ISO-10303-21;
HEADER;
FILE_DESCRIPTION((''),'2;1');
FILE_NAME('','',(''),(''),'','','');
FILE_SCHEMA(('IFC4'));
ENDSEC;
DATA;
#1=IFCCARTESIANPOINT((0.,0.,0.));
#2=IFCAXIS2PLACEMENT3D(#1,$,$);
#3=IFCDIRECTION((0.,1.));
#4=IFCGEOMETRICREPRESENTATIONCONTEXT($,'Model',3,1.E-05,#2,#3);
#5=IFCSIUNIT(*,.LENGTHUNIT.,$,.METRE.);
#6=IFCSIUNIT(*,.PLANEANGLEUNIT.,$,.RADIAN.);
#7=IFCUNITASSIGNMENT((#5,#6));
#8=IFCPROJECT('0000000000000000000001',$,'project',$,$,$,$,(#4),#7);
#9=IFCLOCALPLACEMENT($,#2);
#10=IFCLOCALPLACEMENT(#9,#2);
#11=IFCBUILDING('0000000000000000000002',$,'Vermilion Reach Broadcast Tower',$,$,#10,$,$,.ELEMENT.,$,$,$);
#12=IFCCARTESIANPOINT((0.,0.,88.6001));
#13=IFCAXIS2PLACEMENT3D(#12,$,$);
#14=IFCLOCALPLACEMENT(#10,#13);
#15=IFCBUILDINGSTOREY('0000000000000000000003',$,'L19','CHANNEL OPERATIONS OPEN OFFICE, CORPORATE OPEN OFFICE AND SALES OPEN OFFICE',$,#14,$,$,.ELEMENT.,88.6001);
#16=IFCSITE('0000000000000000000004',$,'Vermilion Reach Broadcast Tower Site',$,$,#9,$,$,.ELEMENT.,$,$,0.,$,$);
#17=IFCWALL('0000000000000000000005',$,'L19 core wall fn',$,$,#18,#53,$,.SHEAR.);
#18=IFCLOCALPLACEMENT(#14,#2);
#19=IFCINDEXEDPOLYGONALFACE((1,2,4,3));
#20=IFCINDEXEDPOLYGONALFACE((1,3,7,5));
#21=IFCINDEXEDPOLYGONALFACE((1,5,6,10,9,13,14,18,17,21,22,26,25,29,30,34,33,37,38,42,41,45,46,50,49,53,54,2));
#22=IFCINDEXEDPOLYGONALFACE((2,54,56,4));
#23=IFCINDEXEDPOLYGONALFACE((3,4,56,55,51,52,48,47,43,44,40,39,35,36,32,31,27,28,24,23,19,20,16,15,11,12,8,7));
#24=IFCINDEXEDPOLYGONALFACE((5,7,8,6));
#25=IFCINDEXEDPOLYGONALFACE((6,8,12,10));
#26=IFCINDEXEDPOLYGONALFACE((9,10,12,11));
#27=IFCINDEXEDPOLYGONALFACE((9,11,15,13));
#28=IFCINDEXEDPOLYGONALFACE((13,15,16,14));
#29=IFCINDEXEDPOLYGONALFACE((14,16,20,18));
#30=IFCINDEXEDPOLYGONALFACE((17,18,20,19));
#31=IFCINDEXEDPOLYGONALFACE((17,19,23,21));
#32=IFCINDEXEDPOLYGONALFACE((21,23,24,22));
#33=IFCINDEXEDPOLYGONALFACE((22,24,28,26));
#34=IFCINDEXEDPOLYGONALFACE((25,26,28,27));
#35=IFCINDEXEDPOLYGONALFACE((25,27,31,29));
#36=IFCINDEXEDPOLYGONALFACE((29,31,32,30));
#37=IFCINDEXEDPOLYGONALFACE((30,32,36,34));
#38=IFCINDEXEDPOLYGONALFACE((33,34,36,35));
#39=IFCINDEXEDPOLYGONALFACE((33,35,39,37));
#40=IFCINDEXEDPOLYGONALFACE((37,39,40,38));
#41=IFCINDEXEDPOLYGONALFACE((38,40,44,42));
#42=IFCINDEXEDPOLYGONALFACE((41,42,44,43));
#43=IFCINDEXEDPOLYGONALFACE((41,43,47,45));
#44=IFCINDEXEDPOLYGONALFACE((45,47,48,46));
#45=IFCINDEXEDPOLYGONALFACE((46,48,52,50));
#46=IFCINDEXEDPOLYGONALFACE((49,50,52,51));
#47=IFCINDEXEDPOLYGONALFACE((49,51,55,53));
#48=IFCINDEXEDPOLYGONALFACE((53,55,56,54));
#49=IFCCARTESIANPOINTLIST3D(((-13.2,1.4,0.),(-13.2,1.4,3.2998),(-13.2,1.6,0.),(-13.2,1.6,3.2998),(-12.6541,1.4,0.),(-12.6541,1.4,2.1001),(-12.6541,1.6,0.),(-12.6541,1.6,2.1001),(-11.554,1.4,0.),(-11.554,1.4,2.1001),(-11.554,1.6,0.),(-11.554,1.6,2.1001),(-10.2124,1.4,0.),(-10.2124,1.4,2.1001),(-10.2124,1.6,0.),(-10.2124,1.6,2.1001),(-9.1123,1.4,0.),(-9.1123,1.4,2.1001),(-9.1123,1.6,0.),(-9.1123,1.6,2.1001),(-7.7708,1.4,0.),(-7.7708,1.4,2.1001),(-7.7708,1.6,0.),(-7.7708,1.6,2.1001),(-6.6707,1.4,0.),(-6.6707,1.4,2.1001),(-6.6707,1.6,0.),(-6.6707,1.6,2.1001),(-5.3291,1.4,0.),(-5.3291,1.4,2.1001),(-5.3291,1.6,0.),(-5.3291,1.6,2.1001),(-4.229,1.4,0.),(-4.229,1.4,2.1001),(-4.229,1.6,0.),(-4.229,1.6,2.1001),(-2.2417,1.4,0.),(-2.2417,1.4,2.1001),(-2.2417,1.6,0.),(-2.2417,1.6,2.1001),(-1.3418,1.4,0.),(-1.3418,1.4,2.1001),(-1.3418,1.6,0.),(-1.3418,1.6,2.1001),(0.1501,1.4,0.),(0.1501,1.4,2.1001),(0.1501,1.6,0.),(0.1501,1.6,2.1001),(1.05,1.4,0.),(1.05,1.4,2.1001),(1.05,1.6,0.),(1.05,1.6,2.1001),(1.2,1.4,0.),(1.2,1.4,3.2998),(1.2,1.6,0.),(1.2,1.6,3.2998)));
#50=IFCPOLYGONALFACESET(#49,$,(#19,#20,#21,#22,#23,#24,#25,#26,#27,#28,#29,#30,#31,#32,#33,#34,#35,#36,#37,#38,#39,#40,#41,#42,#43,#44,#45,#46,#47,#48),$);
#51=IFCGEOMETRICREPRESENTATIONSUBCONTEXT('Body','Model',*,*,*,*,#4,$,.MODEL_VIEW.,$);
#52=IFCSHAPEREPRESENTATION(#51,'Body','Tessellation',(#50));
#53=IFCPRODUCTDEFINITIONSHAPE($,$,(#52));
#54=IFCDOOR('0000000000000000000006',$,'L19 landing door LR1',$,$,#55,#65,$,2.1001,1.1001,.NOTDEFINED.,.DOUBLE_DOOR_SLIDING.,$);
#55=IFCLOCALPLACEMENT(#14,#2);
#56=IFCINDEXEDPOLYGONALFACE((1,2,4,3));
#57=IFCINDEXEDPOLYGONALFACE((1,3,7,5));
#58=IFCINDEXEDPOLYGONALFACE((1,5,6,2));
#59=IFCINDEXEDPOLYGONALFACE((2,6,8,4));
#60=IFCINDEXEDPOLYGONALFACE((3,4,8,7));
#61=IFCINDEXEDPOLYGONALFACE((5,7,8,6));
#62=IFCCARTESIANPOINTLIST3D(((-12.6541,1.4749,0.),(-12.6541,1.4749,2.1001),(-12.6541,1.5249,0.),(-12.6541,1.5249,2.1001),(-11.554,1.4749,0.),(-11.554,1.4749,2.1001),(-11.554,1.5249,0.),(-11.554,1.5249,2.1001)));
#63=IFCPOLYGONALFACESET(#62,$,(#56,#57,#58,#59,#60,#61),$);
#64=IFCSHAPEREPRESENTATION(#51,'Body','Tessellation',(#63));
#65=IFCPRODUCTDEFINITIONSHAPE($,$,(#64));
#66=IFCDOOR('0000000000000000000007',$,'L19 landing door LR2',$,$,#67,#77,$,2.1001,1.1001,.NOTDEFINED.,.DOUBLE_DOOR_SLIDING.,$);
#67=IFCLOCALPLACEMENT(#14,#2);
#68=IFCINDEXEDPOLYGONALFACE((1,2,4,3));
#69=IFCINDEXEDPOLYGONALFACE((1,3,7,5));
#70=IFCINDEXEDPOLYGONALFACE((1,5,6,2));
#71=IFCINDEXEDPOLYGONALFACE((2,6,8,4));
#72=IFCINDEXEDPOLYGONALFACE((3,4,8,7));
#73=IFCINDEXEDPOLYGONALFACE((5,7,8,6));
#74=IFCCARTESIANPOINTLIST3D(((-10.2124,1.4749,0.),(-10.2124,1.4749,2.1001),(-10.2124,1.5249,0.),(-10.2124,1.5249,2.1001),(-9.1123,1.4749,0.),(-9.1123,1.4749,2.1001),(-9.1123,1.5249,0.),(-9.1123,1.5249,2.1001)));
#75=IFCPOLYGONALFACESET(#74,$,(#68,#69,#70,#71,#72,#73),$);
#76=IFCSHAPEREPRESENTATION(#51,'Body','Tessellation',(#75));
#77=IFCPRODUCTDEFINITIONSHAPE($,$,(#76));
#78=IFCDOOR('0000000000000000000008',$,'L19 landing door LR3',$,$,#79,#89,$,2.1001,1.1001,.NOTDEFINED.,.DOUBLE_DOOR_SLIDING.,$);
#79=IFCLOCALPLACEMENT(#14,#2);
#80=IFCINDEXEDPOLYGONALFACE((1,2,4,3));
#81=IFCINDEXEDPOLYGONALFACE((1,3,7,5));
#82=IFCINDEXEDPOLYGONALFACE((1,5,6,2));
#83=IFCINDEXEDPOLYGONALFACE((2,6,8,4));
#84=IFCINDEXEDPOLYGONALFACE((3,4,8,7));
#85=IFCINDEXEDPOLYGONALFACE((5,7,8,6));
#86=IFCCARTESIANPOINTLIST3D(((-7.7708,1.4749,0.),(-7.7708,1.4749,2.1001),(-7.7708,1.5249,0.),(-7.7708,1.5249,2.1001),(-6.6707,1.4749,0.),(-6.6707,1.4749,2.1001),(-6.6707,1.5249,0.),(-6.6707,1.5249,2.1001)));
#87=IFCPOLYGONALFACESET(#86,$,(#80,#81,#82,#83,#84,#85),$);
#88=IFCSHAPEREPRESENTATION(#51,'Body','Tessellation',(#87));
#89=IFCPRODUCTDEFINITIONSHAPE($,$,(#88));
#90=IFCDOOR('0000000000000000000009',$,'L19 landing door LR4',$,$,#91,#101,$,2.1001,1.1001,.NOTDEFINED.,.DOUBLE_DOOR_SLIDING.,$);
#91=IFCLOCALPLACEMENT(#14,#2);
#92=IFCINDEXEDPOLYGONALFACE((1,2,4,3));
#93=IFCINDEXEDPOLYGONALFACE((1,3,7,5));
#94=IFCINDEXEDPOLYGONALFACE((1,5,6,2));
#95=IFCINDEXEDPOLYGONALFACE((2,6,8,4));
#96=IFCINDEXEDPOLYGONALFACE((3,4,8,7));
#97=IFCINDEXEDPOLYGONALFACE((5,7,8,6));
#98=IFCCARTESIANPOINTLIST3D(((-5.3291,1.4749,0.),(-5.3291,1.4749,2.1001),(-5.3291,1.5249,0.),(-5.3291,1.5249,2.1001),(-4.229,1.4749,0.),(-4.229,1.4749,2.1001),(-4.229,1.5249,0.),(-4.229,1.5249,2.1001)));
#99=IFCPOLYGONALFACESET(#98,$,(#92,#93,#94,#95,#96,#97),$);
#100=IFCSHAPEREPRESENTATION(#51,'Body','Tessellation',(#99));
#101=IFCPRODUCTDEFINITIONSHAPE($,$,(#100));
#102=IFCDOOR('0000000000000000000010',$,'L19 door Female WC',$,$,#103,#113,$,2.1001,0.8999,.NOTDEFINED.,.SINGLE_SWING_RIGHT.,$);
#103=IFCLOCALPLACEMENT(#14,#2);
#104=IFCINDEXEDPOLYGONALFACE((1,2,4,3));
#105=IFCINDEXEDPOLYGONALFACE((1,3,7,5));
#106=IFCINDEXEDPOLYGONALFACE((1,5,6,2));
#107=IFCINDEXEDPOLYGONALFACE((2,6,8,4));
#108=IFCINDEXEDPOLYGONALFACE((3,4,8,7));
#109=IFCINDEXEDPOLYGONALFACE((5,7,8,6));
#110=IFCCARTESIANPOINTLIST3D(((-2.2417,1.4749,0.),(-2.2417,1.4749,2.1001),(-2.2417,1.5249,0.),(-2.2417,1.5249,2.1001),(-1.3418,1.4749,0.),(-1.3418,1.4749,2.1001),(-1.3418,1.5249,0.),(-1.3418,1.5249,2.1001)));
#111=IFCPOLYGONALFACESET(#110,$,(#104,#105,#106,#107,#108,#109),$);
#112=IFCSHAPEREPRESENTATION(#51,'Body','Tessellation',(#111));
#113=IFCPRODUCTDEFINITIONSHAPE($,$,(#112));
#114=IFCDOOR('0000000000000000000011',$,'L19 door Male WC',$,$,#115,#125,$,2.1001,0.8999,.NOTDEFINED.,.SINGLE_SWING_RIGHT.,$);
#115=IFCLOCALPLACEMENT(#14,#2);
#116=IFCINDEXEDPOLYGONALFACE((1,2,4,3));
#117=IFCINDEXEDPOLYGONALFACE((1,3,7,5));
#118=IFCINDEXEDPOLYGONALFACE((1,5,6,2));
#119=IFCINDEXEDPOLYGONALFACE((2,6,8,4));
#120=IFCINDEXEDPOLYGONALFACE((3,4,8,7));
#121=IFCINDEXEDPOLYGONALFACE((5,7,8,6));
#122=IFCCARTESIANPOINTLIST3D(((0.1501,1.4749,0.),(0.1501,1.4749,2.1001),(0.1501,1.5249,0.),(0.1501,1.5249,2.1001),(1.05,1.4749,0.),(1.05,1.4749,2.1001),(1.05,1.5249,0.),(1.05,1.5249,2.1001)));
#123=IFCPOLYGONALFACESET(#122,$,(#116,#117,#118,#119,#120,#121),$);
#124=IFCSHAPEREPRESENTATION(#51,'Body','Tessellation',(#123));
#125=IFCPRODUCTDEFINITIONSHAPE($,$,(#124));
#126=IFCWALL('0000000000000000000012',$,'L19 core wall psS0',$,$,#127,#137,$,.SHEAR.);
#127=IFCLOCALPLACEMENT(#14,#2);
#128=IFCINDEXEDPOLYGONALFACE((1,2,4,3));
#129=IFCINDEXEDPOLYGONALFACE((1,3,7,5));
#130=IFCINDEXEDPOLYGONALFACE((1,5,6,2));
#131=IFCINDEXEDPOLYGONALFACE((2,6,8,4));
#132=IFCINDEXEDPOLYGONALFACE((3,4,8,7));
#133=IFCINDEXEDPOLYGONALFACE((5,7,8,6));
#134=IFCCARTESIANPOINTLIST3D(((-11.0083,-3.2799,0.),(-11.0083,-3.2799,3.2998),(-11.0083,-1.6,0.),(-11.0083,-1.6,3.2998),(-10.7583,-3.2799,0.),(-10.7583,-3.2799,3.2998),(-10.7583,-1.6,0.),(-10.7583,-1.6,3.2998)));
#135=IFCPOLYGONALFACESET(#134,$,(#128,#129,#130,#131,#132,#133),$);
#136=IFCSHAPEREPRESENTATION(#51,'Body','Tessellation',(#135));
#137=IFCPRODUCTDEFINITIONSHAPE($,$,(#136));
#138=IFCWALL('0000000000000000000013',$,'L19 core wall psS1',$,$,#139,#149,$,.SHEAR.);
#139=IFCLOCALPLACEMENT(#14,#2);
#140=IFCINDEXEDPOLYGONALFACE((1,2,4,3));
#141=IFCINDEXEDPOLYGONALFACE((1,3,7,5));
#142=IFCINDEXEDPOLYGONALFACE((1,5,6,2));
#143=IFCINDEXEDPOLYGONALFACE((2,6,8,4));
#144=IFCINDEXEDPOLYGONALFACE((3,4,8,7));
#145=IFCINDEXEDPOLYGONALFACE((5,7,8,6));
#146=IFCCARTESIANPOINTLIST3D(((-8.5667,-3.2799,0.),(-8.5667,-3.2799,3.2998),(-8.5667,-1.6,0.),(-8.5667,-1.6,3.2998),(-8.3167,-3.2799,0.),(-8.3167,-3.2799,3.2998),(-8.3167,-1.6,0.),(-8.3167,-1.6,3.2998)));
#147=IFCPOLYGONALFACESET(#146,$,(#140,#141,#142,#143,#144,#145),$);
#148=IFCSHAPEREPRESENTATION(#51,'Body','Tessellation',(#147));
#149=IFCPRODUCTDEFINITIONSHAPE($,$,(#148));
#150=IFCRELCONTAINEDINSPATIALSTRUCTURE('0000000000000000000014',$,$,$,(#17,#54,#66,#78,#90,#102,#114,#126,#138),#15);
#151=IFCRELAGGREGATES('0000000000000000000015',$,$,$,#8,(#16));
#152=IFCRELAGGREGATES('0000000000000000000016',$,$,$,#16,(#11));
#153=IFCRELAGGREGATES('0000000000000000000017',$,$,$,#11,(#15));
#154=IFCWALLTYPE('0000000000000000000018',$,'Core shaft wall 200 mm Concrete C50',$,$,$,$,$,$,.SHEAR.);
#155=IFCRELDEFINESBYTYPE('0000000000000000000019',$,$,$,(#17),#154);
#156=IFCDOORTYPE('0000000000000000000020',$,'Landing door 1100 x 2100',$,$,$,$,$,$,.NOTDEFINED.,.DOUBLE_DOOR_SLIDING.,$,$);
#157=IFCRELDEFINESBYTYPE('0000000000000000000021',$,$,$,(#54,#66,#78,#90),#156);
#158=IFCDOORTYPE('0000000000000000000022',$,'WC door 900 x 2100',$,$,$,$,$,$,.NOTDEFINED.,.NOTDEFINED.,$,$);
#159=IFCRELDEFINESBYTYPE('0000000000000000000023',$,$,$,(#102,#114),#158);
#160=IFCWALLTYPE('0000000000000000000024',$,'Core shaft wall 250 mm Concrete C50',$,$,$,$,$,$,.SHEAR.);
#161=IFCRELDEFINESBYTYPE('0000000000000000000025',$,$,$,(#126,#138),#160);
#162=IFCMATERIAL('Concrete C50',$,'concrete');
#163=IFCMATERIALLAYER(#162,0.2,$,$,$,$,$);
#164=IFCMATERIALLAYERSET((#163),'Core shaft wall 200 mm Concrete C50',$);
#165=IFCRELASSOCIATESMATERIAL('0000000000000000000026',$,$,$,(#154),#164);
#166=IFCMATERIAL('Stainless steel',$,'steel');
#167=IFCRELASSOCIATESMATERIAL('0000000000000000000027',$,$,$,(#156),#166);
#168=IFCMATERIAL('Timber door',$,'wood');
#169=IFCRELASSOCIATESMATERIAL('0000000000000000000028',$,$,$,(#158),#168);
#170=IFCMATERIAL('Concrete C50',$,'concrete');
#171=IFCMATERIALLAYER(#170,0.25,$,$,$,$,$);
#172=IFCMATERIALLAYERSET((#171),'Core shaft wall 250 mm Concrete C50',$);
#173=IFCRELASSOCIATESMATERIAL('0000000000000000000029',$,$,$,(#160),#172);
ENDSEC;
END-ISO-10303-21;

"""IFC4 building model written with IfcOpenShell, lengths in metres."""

from ifc_helpers import new_model, si_unit, direction, frame, frame_2d, origin, place, context, subcontext, project, spatial, rectangle, extrude, material, layer, layer_set, type_object, element, fill, save


model = new_model("IFC4")

# Units and contexts
model_context = context("Model", 3, precision=1e-05, world=origin(), true_north=direction((0.0, 1.0)))
body_context = subcontext(model_context, "Body", "Model", "MODEL_VIEW")
ifc_project = project(units=[si_unit("LENGTHUNIT", "METRE"), si_unit("PLANEANGLEUNIT", "RADIAN")], contexts=[model_context])

# Site, building, storey
site_placement = place(None, origin())
site = spatial("IfcSite", under=ifc_project, at=site_placement, Name="Vermilion Reach Broadcast Tower Site", CompositionType="ELEMENT", RefElevation=0.0)
building_placement = place(site_placement, origin())
building = spatial("IfcBuilding", under=site, at=building_placement, Name="Vermilion Reach Broadcast Tower", CompositionType="ELEMENT")
storey_placement = place(building_placement, frame((0.0, 0.0, 88.6001)))
storey = spatial("IfcBuildingStorey", under=building, at=storey_placement, Name="L19", Description="CHANNEL OPERATIONS OPEN OFFICE, CORPORATE OPEN OFFICE AND SALES OPEN OFFICE", CompositionType="ELEMENT", Elevation=88.6001)

# Wall, openings, doors
ifc_material_1 = material(Name="Concrete C50", Category="concrete")
ifc_layer_1 = layer(ifc_material_1, 0.2)
ifc_layer_set_1 = layer_set([ifc_layer_1], Name="Core shaft wall 200 mm Concrete C50")
wall_type_1 = type_object("IfcWallType", Name="Core shaft wall 200 mm Concrete C50", PredefinedType="SHEAR", material=ifc_layer_set_1)
wall_1_placement = place(storey_placement, frame((-13.2, 1.5, 0.0), z_axis=(0.0, 0.0, 1.0), x_axis=(1.0, 0.0, 0.0)))
wall_1 = element("IfcWall", 1, at=wall_1_placement, inside=storey, type_object=wall_type_1, Name="L19 core wall fn", PredefinedType="SHEAR", context=body_context, shape_type="SweptSolid", body=[
    extrude(rectangle(XDim=14.3999, YDim=0.2, at=frame_2d((7.2, 0.0))), origin(), (0.0, 0.0, 1.0), 3.2998),
])
opening_1_placement = place(wall_1_placement, frame((0.5459, 0.0, 0.0)))
opening_1 = element("IfcOpeningElement", 2, at=opening_1_placement, cuts=wall_1, PredefinedType="OPENING", context=body_context, shape_type="SweptSolid", body=[
    extrude(rectangle(XDim=1.1001, YDim=2.1001, at=frame_2d((0.55, 1.05))), frame((0.0, 0.1099, 0.0), z_axis=(0.0, -1.0, 0.0), x_axis=(1.0, 0.0, 0.0)), (0.0, 0.0, 1.0), 0.22),
])
opening_2_placement = place(wall_1_placement, frame((2.9875, 0.0, 0.0)))
opening_2 = element("IfcOpeningElement", 3, at=opening_2_placement, cuts=wall_1, PredefinedType="OPENING", context=body_context, shape_type="SweptSolid", body=[
    extrude(rectangle(XDim=1.1001, YDim=2.1001, at=frame_2d((0.55, 1.05))), frame((0.0, 0.1099, 0.0), z_axis=(0.0, -1.0, 0.0), x_axis=(1.0, 0.0, 0.0)), (0.0, 0.0, 1.0), 0.22),
])
opening_3_placement = place(wall_1_placement, frame((5.4292, 0.0, 0.0)))
opening_3 = element("IfcOpeningElement", 4, at=opening_3_placement, cuts=wall_1, PredefinedType="OPENING", context=body_context, shape_type="SweptSolid", body=[
    extrude(rectangle(XDim=1.1001, YDim=2.1001, at=frame_2d((0.55, 1.05))), frame((0.0, 0.1099, 0.0), z_axis=(0.0, -1.0, 0.0), x_axis=(1.0, 0.0, 0.0)), (0.0, 0.0, 1.0), 0.22),
])
opening_4_placement = place(wall_1_placement, frame((7.8708, 0.0, 0.0)))
opening_4 = element("IfcOpeningElement", 5, at=opening_4_placement, cuts=wall_1, PredefinedType="OPENING", context=body_context, shape_type="SweptSolid", body=[
    extrude(rectangle(XDim=1.1001, YDim=2.1001, at=frame_2d((0.55, 1.05))), frame((0.0, 0.1099, 0.0), z_axis=(0.0, -1.0, 0.0), x_axis=(1.0, 0.0, 0.0)), (0.0, 0.0, 1.0), 0.22),
])
opening_5_placement = place(wall_1_placement, frame((10.9583, 0.0, 0.0)))
opening_5 = element("IfcOpeningElement", 6, at=opening_5_placement, cuts=wall_1, PredefinedType="OPENING", context=body_context, shape_type="SweptSolid", body=[
    extrude(rectangle(XDim=0.8999, YDim=2.1001, at=frame_2d((0.45, 1.05))), frame((0.0, 0.1099, 0.0), z_axis=(0.0, -1.0, 0.0), x_axis=(1.0, 0.0, 0.0)), (0.0, 0.0, 1.0), 0.22),
])
opening_6_placement = place(wall_1_placement, frame((13.3501, 0.0, 0.0)))
opening_6 = element("IfcOpeningElement", 7, at=opening_6_placement, cuts=wall_1, PredefinedType="OPENING", context=body_context, shape_type="SweptSolid", body=[
    extrude(rectangle(XDim=0.8999, YDim=2.1001, at=frame_2d((0.45, 1.05))), frame((0.0, 0.1099, 0.0), z_axis=(0.0, -1.0, 0.0), x_axis=(1.0, 0.0, 0.0)), (0.0, 0.0, 1.0), 0.22),
])
ifc_material_2 = material(Name="Stainless steel", Category="steel")
door_type_1 = type_object("IfcDoorType", Name="Landing door 1100 x 2100", OperationType="DOUBLE_DOOR_SLIDING", PredefinedType="NOTDEFINED", material=ifc_material_2)
door_1_placement = place(opening_1_placement, origin())
door_1 = element("IfcDoor", 8, at=door_1_placement, inside=storey, type_object=door_type_1, Name="L19 landing door LR1", OperationType="DOUBLE_DOOR_SLIDING", OverallHeight=2.1001, OverallWidth=1.1001, PredefinedType="NOTDEFINED", context=body_context, shape_type="SweptSolid", body=[
    extrude(rectangle(XDim=1.1001, YDim=2.1001, at=frame_2d((0.55, 1.05))), frame((0.0, 0.0249, 0.0), z_axis=(0.0, -1.0, 0.0), x_axis=(1.0, 0.0, 0.0)), (0.0, 0.0, 1.0), 0.05),
])
fill(opening_1, door_1)
door_2_placement = place(opening_2_placement, origin())
door_2 = element("IfcDoor", 9, at=door_2_placement, inside=storey, type_object=door_type_1, Name="L19 landing door LR2", OperationType="DOUBLE_DOOR_SLIDING", OverallHeight=2.1001, OverallWidth=1.1001, PredefinedType="NOTDEFINED", context=body_context, shape_type="SweptSolid", body=[
    extrude(rectangle(XDim=1.1001, YDim=2.1001, at=frame_2d((0.55, 1.05))), frame((0.0, 0.0249, 0.0), z_axis=(0.0, -1.0, 0.0), x_axis=(1.0, 0.0, 0.0)), (0.0, 0.0, 1.0), 0.05),
])
fill(opening_2, door_2)
door_3_placement = place(opening_3_placement, origin())
door_3 = element("IfcDoor", 10, at=door_3_placement, inside=storey, type_object=door_type_1, Name="L19 landing door LR3", OperationType="DOUBLE_DOOR_SLIDING", OverallHeight=2.1001, OverallWidth=1.1001, PredefinedType="NOTDEFINED", context=body_context, shape_type="SweptSolid", body=[
    extrude(rectangle(XDim=1.1001, YDim=2.1001, at=frame_2d((0.55, 1.05))), frame((0.0, 0.0249, 0.0), z_axis=(0.0, -1.0, 0.0), x_axis=(1.0, 0.0, 0.0)), (0.0, 0.0, 1.0), 0.05),
])
fill(opening_3, door_3)
door_4_placement = place(opening_4_placement, origin())
door_4 = element("IfcDoor", 11, at=door_4_placement, inside=storey, type_object=door_type_1, Name="L19 landing door LR4", OperationType="DOUBLE_DOOR_SLIDING", OverallHeight=2.1001, OverallWidth=1.1001, PredefinedType="NOTDEFINED", context=body_context, shape_type="SweptSolid", body=[
    extrude(rectangle(XDim=1.1001, YDim=2.1001, at=frame_2d((0.55, 1.05))), frame((0.0, 0.0249, 0.0), z_axis=(0.0, -1.0, 0.0), x_axis=(1.0, 0.0, 0.0)), (0.0, 0.0, 1.0), 0.05),
])
fill(opening_4, door_4)
ifc_material_3 = material(Name="Timber door", Category="wood")
door_type_2 = type_object("IfcDoorType", Name="WC door 900 x 2100", OperationType="NOTDEFINED", PredefinedType="NOTDEFINED", material=ifc_material_3)
door_5_placement = place(opening_5_placement, origin())
door_5 = element("IfcDoor", 12, at=door_5_placement, inside=storey, type_object=door_type_2, Name="L19 door Female WC", OperationType="SINGLE_SWING_RIGHT", OverallHeight=2.1001, OverallWidth=0.8999, PredefinedType="NOTDEFINED", context=body_context, shape_type="SweptSolid", body=[
    extrude(rectangle(XDim=0.8999, YDim=2.1001, at=frame_2d((0.45, 1.05))), frame((0.0, 0.0249, 0.0), z_axis=(0.0, -1.0, 0.0), x_axis=(1.0, 0.0, 0.0)), (0.0, 0.0, 1.0), 0.05),
])
fill(opening_5, door_5)
door_6_placement = place(opening_6_placement, origin())
door_6 = element("IfcDoor", 13, at=door_6_placement, inside=storey, type_object=door_type_2, Name="L19 door Male WC", OperationType="SINGLE_SWING_RIGHT", OverallHeight=2.1001, OverallWidth=0.8999, PredefinedType="NOTDEFINED", context=body_context, shape_type="SweptSolid", body=[
    extrude(rectangle(XDim=0.8999, YDim=2.1001, at=frame_2d((0.45, 1.05))), frame((0.0, 0.0249, 0.0), z_axis=(0.0, -1.0, 0.0), x_axis=(1.0, 0.0, 0.0)), (0.0, 0.0, 1.0), 0.05),
])
fill(opening_6, door_6)

# Walls
ifc_material_4 = material(Name="Concrete C50", Category="concrete")
ifc_layer_2 = layer(ifc_material_4, 0.25)
ifc_layer_set_2 = layer_set([ifc_layer_2], Name="Core shaft wall 250 mm Concrete C50")
wall_type_2 = type_object("IfcWallType", Name="Core shaft wall 250 mm Concrete C50", PredefinedType="SHEAR", material=ifc_layer_set_2)
for number, where, z_axis, x_axis, name in (
    (14, (-10.8833, -1.6001, 0.0), (0.0, 0.0, 1.0), (0.0, -1.0, 0.0), "L19 core wall psS0"),
    (15, (-8.4417, -1.6001, 0.0), (0.0, 0.0, 1.0), (0.0, -1.0, 0.0), "L19 core wall psS1"),
):
    element("IfcWall", number, at=place(storey_placement, frame(where, z_axis=z_axis, x_axis=x_axis)), inside=storey, type_object=wall_type_2, Name=name, PredefinedType="SHEAR", context=body_context, shape_type="SweptSolid", body=[
        extrude(rectangle(XDim=1.6799, YDim=0.25, at=frame_2d((0.8398, 0.0))), origin(), (0.0, 0.0, 1.0), 3.2998),
    ])

save(model, "model.ifc")
